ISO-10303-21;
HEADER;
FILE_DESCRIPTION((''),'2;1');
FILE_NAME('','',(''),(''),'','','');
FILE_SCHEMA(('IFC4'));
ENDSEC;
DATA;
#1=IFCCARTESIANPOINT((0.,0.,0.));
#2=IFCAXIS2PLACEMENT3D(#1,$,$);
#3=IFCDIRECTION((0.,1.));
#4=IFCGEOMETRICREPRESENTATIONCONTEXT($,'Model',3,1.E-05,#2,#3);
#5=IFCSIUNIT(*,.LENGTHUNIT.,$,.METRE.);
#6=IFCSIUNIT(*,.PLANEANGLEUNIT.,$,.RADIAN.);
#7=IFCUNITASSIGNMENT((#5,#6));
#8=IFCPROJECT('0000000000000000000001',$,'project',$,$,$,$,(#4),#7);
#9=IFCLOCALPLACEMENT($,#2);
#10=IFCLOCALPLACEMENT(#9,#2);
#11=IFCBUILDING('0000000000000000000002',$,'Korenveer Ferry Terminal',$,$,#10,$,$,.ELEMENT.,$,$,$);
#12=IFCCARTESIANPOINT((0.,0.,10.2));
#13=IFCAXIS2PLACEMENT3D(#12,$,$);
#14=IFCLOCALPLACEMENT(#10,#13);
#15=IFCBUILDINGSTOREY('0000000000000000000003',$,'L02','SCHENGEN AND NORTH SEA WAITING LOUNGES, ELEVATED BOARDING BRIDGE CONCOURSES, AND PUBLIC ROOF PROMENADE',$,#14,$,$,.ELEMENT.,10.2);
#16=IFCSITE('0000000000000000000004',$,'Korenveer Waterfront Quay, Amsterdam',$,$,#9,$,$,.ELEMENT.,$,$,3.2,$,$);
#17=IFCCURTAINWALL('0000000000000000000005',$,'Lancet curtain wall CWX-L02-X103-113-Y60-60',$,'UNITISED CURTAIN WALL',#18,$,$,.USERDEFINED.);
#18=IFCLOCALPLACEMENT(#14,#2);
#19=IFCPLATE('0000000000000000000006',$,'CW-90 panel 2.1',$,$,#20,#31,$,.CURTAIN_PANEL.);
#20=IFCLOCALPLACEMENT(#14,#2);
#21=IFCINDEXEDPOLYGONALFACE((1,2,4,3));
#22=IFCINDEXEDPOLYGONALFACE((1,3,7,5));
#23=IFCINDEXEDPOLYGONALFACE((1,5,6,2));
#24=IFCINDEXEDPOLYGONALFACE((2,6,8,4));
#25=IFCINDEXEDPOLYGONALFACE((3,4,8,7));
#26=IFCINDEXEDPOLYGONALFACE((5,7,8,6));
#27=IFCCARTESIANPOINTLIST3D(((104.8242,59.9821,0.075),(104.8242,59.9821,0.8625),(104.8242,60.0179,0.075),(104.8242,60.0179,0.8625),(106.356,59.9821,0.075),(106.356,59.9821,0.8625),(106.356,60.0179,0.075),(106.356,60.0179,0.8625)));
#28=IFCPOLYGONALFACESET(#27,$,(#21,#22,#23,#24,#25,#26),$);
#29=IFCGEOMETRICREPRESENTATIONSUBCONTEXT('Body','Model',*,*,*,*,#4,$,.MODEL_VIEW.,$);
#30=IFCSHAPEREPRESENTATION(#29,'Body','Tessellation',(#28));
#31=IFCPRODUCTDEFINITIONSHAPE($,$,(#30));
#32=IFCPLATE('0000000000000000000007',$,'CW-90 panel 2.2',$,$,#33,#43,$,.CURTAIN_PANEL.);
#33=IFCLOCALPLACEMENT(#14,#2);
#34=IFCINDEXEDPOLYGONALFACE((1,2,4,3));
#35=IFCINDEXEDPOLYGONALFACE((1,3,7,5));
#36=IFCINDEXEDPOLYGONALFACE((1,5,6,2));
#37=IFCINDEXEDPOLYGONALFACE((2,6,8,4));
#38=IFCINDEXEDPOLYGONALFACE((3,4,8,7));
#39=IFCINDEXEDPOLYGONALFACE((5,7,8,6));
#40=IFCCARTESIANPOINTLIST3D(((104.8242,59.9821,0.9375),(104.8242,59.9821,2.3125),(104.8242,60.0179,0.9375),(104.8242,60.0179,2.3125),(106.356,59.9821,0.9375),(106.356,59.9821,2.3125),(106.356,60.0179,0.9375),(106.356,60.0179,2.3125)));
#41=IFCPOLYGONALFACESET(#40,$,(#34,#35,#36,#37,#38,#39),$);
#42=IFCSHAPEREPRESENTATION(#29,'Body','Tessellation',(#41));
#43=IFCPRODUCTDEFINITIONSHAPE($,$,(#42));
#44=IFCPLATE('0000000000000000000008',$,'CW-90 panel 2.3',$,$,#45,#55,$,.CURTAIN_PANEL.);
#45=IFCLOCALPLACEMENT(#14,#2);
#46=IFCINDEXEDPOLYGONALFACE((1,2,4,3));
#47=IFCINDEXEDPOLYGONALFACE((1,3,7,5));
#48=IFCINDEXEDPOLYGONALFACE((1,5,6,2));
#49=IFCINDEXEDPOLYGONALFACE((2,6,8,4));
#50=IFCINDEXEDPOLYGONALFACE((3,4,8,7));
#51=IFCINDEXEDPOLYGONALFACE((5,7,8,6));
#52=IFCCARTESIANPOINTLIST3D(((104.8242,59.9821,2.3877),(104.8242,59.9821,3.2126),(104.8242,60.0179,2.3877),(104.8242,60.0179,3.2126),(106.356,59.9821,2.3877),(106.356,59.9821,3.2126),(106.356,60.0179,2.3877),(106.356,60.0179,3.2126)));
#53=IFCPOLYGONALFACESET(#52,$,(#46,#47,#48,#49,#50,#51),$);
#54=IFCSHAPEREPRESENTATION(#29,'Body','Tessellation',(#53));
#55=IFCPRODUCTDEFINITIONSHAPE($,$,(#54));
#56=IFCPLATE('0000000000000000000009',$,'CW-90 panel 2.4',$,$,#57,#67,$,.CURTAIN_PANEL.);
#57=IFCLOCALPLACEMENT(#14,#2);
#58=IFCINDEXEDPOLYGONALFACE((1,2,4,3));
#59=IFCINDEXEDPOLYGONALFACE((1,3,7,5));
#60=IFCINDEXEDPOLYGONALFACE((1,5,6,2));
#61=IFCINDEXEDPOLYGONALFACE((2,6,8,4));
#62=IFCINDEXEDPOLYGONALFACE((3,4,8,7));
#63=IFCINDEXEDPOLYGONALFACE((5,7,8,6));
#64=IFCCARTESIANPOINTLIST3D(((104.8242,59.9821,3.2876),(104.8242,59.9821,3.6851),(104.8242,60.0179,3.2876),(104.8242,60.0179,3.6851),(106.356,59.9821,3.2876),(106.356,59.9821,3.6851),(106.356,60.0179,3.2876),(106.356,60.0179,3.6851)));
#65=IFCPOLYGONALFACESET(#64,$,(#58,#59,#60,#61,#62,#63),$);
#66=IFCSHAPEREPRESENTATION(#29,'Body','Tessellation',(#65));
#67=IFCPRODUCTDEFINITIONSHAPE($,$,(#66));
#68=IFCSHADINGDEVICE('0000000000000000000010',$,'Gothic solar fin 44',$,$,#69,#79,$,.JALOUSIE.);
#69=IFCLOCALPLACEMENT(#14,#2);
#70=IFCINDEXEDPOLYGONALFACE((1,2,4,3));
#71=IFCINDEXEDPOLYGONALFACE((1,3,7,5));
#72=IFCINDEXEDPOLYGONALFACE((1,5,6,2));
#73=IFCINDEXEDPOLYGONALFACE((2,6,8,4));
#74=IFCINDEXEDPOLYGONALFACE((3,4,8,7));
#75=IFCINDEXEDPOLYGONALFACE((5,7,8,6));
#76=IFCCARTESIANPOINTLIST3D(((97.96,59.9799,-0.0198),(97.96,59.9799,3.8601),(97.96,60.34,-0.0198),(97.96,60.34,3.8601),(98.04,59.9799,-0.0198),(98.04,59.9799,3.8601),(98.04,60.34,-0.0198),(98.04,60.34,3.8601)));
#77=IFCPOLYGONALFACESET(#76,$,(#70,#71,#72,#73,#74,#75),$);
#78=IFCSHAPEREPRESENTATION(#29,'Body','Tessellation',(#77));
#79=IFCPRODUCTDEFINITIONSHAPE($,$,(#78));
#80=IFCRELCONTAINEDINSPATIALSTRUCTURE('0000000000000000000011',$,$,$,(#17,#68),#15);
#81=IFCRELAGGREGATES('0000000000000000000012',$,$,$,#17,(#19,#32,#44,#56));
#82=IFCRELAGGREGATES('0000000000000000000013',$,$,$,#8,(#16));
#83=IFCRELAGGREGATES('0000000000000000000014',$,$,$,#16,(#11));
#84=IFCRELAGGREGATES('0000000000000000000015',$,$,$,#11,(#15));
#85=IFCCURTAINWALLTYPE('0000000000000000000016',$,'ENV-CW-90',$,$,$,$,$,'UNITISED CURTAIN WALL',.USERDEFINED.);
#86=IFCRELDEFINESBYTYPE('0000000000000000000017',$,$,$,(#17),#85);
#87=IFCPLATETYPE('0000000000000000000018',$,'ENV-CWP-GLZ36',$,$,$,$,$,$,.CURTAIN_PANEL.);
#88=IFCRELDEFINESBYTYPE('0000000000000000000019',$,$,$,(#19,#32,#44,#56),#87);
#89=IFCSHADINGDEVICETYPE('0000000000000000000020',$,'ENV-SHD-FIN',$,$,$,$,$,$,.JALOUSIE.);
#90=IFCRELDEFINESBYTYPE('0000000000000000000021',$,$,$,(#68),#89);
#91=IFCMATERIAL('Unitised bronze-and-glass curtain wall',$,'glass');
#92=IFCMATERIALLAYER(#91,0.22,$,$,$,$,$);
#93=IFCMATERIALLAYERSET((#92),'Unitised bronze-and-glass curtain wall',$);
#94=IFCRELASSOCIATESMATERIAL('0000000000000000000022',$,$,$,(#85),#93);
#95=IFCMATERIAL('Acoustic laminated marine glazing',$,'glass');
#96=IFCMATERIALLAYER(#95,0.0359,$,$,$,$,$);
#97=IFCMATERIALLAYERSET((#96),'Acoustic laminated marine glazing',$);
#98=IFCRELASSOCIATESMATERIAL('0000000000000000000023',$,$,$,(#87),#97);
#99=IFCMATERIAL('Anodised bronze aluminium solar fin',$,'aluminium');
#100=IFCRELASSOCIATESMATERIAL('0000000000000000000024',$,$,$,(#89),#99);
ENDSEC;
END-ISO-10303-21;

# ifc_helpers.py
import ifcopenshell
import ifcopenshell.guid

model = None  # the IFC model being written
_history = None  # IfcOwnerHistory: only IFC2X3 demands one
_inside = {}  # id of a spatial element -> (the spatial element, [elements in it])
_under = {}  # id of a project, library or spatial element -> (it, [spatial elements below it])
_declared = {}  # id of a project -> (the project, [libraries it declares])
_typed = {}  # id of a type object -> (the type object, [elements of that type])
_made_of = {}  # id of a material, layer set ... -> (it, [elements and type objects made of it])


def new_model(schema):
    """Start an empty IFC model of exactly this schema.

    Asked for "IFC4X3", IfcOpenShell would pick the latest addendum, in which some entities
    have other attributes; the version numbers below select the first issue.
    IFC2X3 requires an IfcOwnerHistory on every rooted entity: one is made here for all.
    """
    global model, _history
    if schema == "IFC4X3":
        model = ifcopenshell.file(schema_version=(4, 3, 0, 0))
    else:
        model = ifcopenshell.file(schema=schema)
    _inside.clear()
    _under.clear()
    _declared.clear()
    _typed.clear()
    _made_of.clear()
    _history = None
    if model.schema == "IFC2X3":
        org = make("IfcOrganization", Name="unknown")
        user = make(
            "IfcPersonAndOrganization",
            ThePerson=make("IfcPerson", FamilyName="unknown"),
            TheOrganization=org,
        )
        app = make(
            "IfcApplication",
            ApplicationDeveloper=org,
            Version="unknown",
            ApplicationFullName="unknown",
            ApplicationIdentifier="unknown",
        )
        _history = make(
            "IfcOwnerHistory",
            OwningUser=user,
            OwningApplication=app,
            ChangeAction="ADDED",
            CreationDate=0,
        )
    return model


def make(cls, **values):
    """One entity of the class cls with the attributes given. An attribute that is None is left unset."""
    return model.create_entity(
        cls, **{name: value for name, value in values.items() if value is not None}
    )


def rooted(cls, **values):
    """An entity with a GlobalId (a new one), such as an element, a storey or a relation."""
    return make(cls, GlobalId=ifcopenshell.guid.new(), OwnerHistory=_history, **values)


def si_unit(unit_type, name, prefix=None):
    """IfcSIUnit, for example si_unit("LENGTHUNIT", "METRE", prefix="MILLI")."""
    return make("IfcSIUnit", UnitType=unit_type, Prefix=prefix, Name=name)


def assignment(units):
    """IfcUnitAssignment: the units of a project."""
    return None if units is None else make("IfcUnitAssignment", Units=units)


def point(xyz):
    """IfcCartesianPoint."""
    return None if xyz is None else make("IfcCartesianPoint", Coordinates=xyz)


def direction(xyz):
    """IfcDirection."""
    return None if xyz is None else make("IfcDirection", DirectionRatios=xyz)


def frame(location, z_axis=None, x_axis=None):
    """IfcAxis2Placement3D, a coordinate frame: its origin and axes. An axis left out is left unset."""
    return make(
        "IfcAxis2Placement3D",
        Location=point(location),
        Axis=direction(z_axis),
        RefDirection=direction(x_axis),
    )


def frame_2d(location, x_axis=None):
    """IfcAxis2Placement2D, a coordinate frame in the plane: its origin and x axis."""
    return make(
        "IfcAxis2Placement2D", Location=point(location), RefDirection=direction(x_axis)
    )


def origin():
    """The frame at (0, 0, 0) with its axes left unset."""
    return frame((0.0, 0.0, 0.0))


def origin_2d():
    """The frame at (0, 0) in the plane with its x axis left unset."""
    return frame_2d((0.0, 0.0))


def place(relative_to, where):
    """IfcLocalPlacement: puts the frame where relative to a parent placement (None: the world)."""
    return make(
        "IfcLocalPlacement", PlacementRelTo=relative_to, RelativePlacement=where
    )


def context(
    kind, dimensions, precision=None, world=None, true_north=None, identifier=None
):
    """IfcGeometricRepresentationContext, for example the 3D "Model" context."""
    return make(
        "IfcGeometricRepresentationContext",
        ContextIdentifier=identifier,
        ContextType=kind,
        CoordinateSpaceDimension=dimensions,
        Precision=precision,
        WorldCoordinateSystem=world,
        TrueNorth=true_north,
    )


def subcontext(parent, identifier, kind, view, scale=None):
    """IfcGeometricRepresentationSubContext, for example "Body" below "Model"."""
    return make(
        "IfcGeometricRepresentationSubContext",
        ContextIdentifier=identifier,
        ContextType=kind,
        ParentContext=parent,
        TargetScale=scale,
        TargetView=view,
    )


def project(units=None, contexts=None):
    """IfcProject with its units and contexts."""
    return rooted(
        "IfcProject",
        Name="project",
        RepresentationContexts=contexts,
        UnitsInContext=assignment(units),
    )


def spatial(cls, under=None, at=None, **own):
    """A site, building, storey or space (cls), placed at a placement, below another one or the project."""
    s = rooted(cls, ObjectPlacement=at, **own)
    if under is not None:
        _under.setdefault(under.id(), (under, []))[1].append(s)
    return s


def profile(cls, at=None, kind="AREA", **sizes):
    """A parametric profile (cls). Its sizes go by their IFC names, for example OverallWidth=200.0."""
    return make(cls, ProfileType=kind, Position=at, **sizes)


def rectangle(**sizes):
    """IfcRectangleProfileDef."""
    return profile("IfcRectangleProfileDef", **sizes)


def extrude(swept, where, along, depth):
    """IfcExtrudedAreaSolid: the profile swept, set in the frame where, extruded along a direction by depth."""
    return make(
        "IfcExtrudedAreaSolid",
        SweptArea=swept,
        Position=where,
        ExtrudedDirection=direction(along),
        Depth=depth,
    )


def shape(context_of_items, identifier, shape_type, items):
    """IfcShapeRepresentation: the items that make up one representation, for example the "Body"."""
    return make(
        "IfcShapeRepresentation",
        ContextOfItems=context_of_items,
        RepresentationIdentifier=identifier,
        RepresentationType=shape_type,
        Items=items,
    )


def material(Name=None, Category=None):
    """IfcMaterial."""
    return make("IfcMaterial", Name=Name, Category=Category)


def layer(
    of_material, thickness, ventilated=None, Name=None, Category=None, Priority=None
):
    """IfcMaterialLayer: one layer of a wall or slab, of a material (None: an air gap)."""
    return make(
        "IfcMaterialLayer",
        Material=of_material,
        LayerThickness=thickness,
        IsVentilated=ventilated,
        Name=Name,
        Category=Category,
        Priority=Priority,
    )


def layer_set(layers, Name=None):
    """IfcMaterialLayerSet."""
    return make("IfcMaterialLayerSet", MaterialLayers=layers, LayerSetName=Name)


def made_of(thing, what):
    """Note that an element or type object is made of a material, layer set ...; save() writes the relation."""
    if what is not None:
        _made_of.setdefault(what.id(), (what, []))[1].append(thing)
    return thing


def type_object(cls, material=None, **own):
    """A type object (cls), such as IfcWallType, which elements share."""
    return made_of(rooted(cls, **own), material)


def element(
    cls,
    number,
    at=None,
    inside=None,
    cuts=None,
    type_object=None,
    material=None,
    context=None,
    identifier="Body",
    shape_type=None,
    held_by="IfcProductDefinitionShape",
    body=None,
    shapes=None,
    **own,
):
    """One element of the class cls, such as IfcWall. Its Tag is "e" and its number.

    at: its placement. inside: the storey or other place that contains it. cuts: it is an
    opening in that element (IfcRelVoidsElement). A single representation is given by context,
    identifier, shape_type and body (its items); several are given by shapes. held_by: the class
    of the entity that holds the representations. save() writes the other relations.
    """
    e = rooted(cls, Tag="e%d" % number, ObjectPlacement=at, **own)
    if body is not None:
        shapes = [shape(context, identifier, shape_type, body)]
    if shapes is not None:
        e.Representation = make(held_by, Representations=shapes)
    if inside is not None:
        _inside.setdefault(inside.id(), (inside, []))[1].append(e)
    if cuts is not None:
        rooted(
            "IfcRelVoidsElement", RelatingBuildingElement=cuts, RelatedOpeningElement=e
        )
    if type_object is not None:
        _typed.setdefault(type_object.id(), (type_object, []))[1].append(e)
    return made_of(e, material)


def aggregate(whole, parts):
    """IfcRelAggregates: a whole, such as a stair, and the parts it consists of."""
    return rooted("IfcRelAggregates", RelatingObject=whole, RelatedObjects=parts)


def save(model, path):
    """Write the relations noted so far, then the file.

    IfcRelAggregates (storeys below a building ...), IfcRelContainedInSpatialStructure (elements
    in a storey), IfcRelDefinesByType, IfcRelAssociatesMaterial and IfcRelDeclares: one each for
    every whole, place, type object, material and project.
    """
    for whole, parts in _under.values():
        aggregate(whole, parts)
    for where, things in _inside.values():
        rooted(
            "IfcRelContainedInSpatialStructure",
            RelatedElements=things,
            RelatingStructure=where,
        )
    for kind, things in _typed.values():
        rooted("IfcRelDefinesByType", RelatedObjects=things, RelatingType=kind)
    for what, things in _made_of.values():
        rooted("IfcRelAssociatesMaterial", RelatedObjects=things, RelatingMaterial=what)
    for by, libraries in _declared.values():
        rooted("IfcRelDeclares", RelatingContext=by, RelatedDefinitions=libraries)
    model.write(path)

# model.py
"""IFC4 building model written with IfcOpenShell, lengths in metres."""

from ifc_helpers import new_model, si_unit, direction, frame, origin, origin_2d, place, context, subcontext, project, spatial, rectangle, extrude, material, layer, layer_set, type_object, element, aggregate, save


model = new_model("IFC4")

# Units and contexts
model_context = context("Model", 3, precision=1e-05, world=origin(), true_north=direction((0.0, 1.0)))
body_context = subcontext(model_context, "Body", "Model", "MODEL_VIEW")
ifc_project = project(units=[si_unit("LENGTHUNIT", "METRE"), si_unit("PLANEANGLEUNIT", "RADIAN")], contexts=[model_context])

# Site, building, storey
site_placement = place(None, origin())
site = spatial("IfcSite", under=ifc_project, at=site_placement, Name="Korenveer Waterfront Quay, Amsterdam", CompositionType="ELEMENT", RefElevation=3.2)
building_placement = place(site_placement, origin())
building = spatial("IfcBuilding", under=site, at=building_placement, Name="Korenveer Ferry Terminal", CompositionType="ELEMENT")
storey_placement = place(building_placement, frame((0.0, 0.0, 10.2)))
storey = spatial("IfcBuildingStorey", under=building, at=storey_placement, Name="L02", Description="SCHENGEN AND NORTH SEA WAITING LOUNGES, ELEVATED BOARDING BRIDGE CONCOURSES, AND PUBLIC ROOF PROMENADE", CompositionType="ELEMENT", Elevation=10.2)

# Curtain wall
ifc_material_1 = material(Name="Unitised bronze-and-glass curtain wall", Category="glass")
ifc_layer_1 = layer(ifc_material_1, 0.22)
ifc_layer_set_1 = layer_set([ifc_layer_1], Name="Unitised bronze-and-glass curtain wall")
curtain_wall_type_1 = type_object("IfcCurtainWallType", Name="ENV-CW-90", ElementType="UNITISED CURTAIN WALL", PredefinedType="USERDEFINED", material=ifc_layer_set_1)
curtain_wall_1_placement = place(storey_placement, frame((103.1799, 60.0, 0.0)))
curtain_wall_1 = element("IfcCurtainWall", 1, at=curtain_wall_1_placement, inside=storey, type_object=curtain_wall_type_1, Name="Lancet curtain wall CWX-L02-X103-113-Y60-60", ObjectType="UNITISED CURTAIN WALL", PredefinedType="USERDEFINED")

# Plates
ifc_material_2 = material(Name="Acoustic laminated marine glazing", Category="glass")
ifc_layer_2 = layer(ifc_material_2, 0.0359)
ifc_layer_set_2 = layer_set([ifc_layer_2], Name="Acoustic laminated marine glazing")
plate_type = type_object("IfcPlateType", Name="ENV-CWP-GLZ36", PredefinedType="CURTAIN_PANEL", material=ifc_layer_set_2)
plate_1_placement = place(storey_placement, frame((105.5901, 60.0, 0.075), z_axis=(0.0, 0.0, 1.0), x_axis=(1.0, 0.0, 0.0)))
plate_1 = element("IfcPlate", 2, at=plate_1_placement, type_object=plate_type, Name="CW-90 panel 2.1", PredefinedType="CURTAIN_PANEL", context=body_context, shape_type="SweptSolid", body=[
    extrude(rectangle(XDim=1.5317, YDim=0.0359, at=origin_2d()), origin(), (0.0, 0.0, 1.0), 0.7876),
])
plate_2_placement = place(storey_placement, frame((105.5901, 60.0, 0.9375), z_axis=(0.0, 0.0, 1.0), x_axis=(1.0, 0.0, 0.0)))
plate_2 = element("IfcPlate", 3, at=plate_2_placement, type_object=plate_type, Name="CW-90 panel 2.2", PredefinedType="CURTAIN_PANEL", context=body_context, shape_type="SweptSolid", body=[
    extrude(rectangle(XDim=1.5317, YDim=0.0359, at=origin_2d()), origin(), (0.0, 0.0, 1.0), 1.375),
])
plate_3_placement = place(storey_placement, frame((105.5901, 60.0, 2.3877), z_axis=(0.0, 0.0, 1.0), x_axis=(1.0, 0.0, 0.0)))
plate_3 = element("IfcPlate", 4, at=plate_3_placement, type_object=plate_type, Name="CW-90 panel 2.3", PredefinedType="CURTAIN_PANEL", context=body_context, shape_type="SweptSolid", body=[
    extrude(rectangle(XDim=1.5317, YDim=0.0359, at=origin_2d()), origin(), (0.0, 0.0, 1.0), 0.825),
])
plate_4_placement = place(storey_placement, frame((105.5901, 60.0, 3.2876), z_axis=(0.0, 0.0, 1.0), x_axis=(1.0, 0.0, 0.0)))
plate_4 = element("IfcPlate", 5, at=plate_4_placement, type_object=plate_type, Name="CW-90 panel 2.4", PredefinedType="CURTAIN_PANEL", context=body_context, shape_type="SweptSolid", body=[
    extrude(rectangle(XDim=1.5317, YDim=0.0359, at=origin_2d()), origin(), (0.0, 0.0, 1.0), 0.3975),
])
aggregate(curtain_wall_1, [plate_1, plate_2, plate_3, plate_4])

# Shading device
ifc_material_3 = material(Name="Anodised bronze aluminium solar fin", Category="aluminium")
shading_device_type = type_object("IfcShadingDeviceType", Name="ENV-SHD-FIN", PredefinedType="JALOUSIE", material=ifc_material_3)
shading_device_placement = place(storey_placement, frame((98.0, 60.1599, -0.0198), z_axis=(0.0, 0.0, 1.0), x_axis=(0.0, 1.0, 0.0)))
element("IfcShadingDevice", 6, at=shading_device_placement, inside=storey, type_object=shading_device_type, Name="Gothic solar fin 44", PredefinedType="JALOUSIE", context=body_context, shape_type="SweptSolid", body=[
    extrude(rectangle(XDim=0.3601, YDim=0.0801, at=origin_2d()), origin(), (0.0, 0.0, 1.0), 3.8799),
])

save(model, "model.ifc")
